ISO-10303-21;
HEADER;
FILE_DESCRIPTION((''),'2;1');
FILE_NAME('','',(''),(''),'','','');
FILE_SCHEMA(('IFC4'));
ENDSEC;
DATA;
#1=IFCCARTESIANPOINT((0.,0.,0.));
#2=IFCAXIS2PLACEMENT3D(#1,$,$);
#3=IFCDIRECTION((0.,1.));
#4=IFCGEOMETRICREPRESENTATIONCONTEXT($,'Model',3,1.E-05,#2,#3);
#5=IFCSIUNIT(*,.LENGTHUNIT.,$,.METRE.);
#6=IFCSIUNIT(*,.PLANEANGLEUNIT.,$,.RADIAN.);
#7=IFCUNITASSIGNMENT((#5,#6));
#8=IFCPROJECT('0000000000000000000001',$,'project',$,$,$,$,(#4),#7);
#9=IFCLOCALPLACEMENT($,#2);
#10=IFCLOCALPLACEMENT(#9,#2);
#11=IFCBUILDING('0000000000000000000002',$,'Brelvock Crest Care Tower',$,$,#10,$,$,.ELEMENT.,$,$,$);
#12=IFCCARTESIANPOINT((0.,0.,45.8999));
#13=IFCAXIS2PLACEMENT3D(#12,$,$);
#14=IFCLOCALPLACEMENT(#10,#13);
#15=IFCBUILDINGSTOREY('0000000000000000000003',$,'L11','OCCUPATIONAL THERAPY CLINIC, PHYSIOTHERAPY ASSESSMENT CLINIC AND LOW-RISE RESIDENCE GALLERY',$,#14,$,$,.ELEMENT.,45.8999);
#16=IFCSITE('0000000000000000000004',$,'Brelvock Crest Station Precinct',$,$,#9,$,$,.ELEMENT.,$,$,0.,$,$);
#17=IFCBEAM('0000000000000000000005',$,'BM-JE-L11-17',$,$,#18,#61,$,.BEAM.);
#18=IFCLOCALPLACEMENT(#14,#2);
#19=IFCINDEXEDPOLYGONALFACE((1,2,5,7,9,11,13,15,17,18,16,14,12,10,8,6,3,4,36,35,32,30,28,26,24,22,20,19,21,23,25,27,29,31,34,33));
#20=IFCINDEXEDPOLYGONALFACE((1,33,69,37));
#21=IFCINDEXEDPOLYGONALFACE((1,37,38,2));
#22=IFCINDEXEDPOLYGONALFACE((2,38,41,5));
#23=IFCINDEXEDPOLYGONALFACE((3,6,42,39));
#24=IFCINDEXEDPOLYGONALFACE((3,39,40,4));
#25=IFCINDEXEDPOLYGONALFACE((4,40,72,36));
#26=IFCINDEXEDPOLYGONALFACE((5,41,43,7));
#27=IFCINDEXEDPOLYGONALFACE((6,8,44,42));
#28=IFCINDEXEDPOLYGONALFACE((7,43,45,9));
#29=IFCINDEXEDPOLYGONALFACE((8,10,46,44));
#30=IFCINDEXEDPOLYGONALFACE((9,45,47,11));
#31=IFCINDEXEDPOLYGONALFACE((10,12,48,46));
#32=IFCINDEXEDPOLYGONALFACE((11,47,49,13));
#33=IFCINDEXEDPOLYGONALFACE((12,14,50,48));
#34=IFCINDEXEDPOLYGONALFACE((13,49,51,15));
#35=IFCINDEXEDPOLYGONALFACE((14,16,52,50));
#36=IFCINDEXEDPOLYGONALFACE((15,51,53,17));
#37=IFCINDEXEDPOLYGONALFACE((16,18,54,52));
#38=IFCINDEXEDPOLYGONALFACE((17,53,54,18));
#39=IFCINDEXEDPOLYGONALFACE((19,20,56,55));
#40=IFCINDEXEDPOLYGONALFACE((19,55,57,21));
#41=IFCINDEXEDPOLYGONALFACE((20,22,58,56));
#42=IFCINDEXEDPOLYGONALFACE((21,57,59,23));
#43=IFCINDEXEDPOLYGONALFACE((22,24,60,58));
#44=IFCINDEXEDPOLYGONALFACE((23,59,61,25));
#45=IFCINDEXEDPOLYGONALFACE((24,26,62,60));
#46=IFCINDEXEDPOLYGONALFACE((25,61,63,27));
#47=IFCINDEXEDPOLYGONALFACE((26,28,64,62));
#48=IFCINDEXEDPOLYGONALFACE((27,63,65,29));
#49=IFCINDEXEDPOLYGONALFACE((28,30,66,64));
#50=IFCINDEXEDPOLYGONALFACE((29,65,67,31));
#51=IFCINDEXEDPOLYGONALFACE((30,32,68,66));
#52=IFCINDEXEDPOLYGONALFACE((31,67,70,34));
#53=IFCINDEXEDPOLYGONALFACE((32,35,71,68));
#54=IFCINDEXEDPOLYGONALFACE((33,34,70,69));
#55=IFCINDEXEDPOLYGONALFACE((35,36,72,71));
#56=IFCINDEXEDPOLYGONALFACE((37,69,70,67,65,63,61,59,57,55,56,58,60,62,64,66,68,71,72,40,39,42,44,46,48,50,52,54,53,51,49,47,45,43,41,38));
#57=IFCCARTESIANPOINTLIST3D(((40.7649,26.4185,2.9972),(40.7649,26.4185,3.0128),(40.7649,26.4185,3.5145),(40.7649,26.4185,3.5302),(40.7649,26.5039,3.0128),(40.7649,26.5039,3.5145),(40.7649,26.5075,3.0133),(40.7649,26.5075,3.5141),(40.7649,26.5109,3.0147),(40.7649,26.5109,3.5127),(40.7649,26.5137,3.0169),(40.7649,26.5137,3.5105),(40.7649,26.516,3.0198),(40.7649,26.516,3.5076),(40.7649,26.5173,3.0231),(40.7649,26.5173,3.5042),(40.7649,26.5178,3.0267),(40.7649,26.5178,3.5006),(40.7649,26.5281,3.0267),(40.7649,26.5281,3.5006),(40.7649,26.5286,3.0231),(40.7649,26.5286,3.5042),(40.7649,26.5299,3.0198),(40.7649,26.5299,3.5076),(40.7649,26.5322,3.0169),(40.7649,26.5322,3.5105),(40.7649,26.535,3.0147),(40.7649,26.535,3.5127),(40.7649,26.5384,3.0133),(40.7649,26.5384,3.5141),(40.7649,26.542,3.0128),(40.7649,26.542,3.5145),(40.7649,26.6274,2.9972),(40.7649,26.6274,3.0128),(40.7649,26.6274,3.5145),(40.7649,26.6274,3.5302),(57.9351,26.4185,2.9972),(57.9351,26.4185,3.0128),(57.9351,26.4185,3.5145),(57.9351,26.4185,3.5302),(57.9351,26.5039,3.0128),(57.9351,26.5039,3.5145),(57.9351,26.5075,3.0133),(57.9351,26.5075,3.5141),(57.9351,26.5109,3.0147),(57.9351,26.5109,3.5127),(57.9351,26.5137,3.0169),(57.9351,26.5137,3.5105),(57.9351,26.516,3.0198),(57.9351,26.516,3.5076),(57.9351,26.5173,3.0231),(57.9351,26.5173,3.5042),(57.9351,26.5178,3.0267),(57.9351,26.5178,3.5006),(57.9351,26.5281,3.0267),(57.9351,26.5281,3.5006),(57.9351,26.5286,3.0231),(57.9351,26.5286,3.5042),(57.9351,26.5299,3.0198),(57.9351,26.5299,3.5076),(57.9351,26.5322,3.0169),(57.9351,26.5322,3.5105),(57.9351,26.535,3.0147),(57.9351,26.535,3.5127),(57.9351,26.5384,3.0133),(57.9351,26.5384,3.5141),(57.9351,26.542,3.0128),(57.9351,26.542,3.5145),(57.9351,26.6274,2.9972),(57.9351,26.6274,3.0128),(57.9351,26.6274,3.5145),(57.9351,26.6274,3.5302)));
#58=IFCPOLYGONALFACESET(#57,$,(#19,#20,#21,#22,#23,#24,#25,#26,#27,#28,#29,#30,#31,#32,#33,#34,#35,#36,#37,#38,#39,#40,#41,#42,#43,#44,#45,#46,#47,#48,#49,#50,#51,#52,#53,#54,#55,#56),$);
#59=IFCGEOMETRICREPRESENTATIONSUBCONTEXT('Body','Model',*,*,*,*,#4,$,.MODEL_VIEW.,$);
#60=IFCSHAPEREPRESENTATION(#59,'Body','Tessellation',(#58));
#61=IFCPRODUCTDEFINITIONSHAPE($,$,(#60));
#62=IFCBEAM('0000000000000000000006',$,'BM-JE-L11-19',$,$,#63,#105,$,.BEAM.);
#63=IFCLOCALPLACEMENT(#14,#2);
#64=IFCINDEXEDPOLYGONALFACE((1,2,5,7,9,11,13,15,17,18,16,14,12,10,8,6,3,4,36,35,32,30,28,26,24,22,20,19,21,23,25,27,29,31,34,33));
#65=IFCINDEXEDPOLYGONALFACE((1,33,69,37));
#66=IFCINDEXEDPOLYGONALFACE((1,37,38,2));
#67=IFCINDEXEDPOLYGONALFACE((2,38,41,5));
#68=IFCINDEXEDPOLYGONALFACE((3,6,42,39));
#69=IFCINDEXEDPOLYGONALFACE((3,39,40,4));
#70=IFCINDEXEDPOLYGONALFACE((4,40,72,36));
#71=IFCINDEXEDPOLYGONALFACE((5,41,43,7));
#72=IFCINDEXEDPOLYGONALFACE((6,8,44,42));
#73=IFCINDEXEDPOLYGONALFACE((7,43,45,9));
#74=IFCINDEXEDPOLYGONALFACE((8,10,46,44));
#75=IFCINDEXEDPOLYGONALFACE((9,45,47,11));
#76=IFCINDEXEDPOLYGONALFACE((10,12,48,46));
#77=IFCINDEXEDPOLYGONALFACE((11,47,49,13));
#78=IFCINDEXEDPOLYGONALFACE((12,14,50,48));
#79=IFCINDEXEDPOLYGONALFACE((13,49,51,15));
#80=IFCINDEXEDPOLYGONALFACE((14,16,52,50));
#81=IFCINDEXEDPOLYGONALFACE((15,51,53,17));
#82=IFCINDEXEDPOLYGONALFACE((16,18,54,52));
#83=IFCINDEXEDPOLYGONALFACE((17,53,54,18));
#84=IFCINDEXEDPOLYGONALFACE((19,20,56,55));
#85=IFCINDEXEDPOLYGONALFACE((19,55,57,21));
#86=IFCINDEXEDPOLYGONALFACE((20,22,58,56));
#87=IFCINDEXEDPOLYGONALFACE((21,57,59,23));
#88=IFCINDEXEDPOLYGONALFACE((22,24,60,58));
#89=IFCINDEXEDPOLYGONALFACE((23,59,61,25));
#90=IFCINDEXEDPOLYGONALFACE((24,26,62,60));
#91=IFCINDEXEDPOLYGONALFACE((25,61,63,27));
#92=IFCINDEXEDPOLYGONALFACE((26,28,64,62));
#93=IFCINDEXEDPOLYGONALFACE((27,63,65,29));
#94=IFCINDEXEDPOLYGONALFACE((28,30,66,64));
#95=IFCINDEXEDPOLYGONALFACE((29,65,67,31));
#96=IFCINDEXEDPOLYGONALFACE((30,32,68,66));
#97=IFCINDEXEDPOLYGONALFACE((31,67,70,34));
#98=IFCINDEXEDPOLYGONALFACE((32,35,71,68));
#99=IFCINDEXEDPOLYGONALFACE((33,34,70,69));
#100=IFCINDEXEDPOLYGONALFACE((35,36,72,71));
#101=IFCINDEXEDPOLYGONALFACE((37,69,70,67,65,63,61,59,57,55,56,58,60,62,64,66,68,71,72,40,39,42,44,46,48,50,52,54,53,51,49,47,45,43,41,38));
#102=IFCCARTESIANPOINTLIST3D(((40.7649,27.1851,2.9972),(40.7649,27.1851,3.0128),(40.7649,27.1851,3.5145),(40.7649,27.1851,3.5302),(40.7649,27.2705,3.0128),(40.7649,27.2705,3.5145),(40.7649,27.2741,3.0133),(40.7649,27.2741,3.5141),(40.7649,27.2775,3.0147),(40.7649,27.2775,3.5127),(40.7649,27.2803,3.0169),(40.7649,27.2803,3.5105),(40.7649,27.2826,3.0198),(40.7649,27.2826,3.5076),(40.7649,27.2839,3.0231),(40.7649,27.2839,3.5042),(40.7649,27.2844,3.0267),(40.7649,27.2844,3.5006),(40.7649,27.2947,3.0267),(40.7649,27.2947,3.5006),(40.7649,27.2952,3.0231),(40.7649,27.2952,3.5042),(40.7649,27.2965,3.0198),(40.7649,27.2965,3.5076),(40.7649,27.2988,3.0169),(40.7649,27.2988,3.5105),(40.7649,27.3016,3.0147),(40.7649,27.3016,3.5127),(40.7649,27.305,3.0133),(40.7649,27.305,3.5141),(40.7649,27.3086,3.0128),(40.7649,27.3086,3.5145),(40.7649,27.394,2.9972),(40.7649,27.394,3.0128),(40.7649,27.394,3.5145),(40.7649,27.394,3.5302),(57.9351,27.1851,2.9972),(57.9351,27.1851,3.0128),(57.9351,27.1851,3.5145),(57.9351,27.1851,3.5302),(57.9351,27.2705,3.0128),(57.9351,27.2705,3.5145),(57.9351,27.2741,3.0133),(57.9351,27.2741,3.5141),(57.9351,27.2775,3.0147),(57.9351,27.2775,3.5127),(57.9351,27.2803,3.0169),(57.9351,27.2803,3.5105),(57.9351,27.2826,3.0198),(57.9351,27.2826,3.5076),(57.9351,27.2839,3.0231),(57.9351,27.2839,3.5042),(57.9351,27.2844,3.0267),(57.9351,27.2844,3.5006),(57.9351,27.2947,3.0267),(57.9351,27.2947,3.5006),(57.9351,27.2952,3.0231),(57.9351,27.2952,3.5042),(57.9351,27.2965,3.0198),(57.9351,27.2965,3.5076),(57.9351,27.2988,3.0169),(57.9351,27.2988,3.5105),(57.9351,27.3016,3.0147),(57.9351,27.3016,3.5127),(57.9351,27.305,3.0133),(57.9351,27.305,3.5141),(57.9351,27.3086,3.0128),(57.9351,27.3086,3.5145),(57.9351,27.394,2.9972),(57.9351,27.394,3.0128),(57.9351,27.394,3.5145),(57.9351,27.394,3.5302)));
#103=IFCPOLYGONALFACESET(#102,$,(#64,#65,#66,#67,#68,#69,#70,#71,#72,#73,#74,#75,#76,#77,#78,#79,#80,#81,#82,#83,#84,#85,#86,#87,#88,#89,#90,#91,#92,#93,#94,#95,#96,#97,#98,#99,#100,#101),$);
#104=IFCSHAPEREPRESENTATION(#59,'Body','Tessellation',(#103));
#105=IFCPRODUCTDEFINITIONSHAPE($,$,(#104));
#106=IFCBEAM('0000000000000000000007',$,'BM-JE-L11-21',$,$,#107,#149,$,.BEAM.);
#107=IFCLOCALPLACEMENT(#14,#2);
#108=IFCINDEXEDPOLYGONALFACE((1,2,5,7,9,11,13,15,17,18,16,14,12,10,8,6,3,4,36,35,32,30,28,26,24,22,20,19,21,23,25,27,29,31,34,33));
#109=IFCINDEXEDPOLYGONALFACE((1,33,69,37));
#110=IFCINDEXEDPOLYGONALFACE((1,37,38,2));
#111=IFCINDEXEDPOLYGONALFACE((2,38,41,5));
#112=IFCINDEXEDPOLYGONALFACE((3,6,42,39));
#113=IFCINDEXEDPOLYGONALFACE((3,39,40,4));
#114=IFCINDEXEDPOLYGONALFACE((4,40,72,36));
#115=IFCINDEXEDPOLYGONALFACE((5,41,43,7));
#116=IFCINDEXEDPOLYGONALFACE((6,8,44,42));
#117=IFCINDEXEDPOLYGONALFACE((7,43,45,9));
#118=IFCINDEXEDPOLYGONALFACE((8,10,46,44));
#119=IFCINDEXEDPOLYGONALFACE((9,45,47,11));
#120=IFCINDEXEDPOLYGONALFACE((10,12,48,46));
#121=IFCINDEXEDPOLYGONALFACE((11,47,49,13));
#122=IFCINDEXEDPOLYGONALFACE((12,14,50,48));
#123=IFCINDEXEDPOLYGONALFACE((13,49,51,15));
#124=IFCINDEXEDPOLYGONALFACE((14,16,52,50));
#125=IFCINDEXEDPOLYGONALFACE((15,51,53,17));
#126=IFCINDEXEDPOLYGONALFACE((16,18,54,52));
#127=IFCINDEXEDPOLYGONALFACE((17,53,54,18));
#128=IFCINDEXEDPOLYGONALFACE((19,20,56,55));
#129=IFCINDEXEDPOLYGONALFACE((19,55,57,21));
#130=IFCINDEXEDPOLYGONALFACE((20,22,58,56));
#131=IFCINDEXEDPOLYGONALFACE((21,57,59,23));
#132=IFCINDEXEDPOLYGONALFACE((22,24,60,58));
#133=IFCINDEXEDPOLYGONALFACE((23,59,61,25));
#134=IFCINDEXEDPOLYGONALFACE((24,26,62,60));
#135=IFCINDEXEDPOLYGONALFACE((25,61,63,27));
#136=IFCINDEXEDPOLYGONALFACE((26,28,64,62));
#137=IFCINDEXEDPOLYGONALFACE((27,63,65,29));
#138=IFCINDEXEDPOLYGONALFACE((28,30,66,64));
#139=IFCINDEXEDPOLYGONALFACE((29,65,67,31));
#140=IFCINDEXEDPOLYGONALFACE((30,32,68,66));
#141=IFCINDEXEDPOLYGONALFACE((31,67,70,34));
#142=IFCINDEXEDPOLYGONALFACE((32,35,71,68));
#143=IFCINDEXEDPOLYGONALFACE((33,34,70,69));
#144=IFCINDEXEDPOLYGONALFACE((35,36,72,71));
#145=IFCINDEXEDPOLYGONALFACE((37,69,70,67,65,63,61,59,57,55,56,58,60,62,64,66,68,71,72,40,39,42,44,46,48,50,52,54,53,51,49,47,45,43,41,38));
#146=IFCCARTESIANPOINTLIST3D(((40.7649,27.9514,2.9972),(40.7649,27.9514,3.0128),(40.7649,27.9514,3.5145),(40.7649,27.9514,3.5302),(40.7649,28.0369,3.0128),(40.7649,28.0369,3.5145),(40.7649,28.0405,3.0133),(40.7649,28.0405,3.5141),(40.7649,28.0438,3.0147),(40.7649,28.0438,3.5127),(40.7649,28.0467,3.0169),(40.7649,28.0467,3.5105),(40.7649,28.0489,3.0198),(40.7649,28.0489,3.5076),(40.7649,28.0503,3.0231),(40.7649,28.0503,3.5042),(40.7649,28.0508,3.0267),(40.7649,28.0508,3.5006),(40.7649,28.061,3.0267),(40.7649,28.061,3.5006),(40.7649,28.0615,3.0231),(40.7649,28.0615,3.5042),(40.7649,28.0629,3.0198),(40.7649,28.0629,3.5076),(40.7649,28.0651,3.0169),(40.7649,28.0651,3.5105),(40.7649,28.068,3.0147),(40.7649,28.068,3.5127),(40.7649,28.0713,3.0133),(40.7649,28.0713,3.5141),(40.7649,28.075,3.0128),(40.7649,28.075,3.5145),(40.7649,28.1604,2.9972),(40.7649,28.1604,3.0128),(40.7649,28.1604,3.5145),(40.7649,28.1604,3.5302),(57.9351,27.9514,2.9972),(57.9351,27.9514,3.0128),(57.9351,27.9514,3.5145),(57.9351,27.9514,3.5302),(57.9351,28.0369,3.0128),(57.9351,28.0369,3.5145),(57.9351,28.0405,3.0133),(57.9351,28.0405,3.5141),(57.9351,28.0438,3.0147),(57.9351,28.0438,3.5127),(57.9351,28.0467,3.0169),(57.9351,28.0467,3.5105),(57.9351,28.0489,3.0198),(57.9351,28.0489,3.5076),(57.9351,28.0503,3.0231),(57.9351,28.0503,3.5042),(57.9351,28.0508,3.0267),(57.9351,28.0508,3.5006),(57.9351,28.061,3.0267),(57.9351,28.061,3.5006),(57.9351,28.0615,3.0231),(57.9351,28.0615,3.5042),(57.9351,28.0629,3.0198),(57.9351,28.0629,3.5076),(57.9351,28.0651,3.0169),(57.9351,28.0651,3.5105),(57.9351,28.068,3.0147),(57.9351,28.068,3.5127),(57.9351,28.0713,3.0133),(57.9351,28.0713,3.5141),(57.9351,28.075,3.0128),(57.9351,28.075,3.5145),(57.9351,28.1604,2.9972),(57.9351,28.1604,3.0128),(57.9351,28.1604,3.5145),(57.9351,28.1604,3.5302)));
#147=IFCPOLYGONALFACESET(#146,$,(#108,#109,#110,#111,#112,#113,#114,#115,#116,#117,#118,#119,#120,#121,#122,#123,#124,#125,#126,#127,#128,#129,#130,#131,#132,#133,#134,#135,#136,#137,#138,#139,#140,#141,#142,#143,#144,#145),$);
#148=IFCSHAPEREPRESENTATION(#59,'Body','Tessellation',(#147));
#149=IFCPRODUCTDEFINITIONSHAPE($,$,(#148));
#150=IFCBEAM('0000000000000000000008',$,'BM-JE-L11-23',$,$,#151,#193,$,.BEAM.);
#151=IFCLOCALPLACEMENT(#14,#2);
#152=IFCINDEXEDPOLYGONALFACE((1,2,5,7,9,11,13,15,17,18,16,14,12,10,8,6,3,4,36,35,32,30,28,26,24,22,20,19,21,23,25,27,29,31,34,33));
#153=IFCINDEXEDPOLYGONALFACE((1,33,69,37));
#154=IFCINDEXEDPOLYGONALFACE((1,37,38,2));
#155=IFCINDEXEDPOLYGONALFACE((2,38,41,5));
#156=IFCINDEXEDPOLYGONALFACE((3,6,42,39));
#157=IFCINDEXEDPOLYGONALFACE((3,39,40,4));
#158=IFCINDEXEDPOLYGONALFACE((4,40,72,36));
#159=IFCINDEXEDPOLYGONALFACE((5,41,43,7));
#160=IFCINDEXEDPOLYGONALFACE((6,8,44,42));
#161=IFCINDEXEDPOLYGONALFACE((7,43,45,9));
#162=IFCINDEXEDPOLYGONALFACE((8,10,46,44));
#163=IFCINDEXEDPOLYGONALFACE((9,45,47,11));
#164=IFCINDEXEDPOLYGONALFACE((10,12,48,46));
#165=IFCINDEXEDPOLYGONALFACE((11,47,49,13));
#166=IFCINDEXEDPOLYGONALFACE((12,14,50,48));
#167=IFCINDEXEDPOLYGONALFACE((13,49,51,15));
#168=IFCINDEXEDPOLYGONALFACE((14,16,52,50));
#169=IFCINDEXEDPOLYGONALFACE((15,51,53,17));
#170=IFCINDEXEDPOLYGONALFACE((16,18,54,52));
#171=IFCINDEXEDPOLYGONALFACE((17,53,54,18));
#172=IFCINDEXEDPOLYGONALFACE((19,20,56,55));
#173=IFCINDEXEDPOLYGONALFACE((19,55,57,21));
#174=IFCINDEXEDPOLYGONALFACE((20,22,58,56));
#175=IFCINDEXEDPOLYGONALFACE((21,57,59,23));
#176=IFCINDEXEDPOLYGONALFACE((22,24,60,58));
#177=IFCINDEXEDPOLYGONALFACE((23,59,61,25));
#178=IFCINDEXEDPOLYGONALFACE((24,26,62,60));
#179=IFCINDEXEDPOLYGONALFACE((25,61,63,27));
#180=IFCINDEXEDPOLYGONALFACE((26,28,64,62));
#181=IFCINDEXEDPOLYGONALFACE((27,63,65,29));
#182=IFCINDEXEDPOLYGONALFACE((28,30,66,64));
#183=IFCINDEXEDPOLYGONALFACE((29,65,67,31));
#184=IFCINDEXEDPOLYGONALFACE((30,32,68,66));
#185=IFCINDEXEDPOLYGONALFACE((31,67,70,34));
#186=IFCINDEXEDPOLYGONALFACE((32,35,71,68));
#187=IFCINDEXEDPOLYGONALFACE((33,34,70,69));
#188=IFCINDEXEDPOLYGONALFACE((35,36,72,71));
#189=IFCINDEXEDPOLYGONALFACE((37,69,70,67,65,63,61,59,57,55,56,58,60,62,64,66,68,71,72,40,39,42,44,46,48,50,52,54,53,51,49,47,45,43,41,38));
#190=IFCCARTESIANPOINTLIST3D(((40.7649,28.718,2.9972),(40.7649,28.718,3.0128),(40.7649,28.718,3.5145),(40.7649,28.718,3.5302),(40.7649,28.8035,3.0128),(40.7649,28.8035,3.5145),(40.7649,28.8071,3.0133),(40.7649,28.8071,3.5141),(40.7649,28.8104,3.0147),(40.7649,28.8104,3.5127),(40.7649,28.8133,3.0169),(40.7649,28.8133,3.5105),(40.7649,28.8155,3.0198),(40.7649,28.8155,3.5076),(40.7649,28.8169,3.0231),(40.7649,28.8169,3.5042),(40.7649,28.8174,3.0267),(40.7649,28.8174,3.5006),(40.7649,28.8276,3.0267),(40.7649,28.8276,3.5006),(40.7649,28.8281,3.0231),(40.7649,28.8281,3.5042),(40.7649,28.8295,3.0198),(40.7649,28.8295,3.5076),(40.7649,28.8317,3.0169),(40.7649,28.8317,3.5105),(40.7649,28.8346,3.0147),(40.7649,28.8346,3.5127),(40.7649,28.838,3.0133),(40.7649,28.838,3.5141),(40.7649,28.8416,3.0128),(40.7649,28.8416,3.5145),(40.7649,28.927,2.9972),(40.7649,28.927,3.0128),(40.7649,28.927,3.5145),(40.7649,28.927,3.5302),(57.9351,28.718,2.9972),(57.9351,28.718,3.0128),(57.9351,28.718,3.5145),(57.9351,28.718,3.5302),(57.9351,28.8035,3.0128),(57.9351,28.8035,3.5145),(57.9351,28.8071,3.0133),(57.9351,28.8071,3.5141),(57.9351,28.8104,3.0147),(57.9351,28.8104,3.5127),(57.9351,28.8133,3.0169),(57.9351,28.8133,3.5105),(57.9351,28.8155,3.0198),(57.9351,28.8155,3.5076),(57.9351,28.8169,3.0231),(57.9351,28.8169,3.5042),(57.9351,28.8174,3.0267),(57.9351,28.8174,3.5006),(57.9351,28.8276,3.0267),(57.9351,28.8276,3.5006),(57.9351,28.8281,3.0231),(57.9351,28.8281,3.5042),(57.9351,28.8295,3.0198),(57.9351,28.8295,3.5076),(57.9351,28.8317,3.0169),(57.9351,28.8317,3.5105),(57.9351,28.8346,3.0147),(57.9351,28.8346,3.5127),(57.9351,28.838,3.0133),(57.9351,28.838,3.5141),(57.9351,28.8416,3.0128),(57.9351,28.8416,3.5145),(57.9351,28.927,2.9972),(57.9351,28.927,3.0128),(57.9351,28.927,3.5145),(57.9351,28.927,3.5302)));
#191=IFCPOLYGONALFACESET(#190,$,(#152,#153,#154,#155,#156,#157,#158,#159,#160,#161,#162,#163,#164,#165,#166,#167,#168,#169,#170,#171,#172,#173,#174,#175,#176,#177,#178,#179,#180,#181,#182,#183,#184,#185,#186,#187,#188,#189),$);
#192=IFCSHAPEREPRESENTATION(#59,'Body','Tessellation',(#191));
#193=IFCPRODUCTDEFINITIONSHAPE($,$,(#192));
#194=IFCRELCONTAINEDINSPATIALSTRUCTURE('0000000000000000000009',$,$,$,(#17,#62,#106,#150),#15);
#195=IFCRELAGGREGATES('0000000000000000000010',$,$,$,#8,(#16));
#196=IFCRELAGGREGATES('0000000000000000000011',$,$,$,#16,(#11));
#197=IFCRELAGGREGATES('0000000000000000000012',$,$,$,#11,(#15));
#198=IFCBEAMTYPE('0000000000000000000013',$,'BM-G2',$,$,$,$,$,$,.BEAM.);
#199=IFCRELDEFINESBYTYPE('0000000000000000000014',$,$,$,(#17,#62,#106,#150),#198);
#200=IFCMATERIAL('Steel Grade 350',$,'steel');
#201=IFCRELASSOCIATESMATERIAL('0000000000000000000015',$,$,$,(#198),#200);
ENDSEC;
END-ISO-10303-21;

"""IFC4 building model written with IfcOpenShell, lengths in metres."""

from ifc_helpers import new_model, si_unit, direction, frame, origin, origin_2d, place, context, subcontext, project, spatial, i_section, extrude, source, transform, mapped, material, material_profile, profile_set, type_object, element, save


model = new_model("IFC4")

# Units and contexts
model_context = context("Model", 3, precision=1e-05, world=origin(), true_north=direction((0.0, 1.0)))
body_context = subcontext(model_context, "Body", "Model", "MODEL_VIEW")
ifc_project = project(units=[si_unit("LENGTHUNIT", "METRE"), si_unit("PLANEANGLEUNIT", "RADIAN")], contexts=[model_context])

# Site, building, storey
site_placement = place(None, origin())
site = spatial("IfcSite", under=ifc_project, at=site_placement, Name="Brelvock Crest Station Precinct", CompositionType="ELEMENT", RefElevation=0.0)
building_placement = place(site_placement, origin())
building = spatial("IfcBuilding", under=site, at=building_placement, Name="Brelvock Crest Care Tower", CompositionType="ELEMENT")
storey_placement = place(building_placement, frame((0.0, 0.0, 45.8999)))
storey = spatial("IfcBuildingStorey", under=building, at=storey_placement, Name="L11", Description="OCCUPATIONAL THERAPY CLINIC, PHYSIOTHERAPY ASSESSMENT CLINIC AND LOW-RISE RESIDENCE GALLERY", CompositionType="ELEMENT", Elevation=45.8999)

# Shared definitions
ifc_material_1 = material(Name="Steel Grade 350", Category="steel")

# Beams
ifc_material_profile_1 = material_profile(ifc_material_1, i_section(OverallWidth=0.209, OverallDepth=0.533, WebThickness=0.0103, FlangeThickness=0.0156, FilletRadius=0.0139, at=origin_2d()), Name="530UB92.4")
ifc_profile_set_1 = profile_set([ifc_material_profile_1], Name="Steel Grade 350")
beam_type_1 = type_object("IfcBeamType", Name="BM-G2", PredefinedType="BEAM", material=ifc_profile_set_1)
shared_shape_1 = source(origin(), body_context, "Body", "SweptSolid", [
    extrude(i_section(OverallWidth=0.209, OverallDepth=0.533, WebThickness=0.0103, FlangeThickness=0.0156, FilletRadius=0.0139, at=origin_2d()), origin(), (0.0, 0.0, 1.0), 17.1702),
])
for number, where, z_axis, x_axis, name in (
    (1, (40.7649, 26.5229, 3.2637), (1.0, 0.0, 0.0), (0.0, 1.0, 0.0), "BM-JE-L11-17"),
    (2, (40.7649, 27.2896, 3.2637), (1.0, 0.0, 0.0), (0.0, 1.0, 0.0), "BM-JE-L11-19"),
    (3, (40.7649, 28.0559, 3.2637), (1.0, 0.0, 0.0), (0.0, 1.0, 0.0), "BM-JE-L11-21"),
    (4, (40.7649, 28.8225, 3.2637), (1.0, 0.0, 0.0), (0.0, 1.0, 0.0), "BM-JE-L11-23"),
):
    element("IfcBeam", number, at=place(storey_placement, frame(where, z_axis=z_axis, x_axis=x_axis)), inside=storey, type_object=beam_type_1, Name=name, PredefinedType="BEAM", context=body_context, shape_type="MappedRepresentation", body=[
        mapped(shared_shape_1, transform((0.0, 0.0, 0.0), x_axis=(1.0, 0.0, 0.0), y_axis=(0.0, 1.0, 0.0), z_axis=(0.0, 0.0, 1.0), scale=1.0)),
    ])

save(model, "model.ifc")
